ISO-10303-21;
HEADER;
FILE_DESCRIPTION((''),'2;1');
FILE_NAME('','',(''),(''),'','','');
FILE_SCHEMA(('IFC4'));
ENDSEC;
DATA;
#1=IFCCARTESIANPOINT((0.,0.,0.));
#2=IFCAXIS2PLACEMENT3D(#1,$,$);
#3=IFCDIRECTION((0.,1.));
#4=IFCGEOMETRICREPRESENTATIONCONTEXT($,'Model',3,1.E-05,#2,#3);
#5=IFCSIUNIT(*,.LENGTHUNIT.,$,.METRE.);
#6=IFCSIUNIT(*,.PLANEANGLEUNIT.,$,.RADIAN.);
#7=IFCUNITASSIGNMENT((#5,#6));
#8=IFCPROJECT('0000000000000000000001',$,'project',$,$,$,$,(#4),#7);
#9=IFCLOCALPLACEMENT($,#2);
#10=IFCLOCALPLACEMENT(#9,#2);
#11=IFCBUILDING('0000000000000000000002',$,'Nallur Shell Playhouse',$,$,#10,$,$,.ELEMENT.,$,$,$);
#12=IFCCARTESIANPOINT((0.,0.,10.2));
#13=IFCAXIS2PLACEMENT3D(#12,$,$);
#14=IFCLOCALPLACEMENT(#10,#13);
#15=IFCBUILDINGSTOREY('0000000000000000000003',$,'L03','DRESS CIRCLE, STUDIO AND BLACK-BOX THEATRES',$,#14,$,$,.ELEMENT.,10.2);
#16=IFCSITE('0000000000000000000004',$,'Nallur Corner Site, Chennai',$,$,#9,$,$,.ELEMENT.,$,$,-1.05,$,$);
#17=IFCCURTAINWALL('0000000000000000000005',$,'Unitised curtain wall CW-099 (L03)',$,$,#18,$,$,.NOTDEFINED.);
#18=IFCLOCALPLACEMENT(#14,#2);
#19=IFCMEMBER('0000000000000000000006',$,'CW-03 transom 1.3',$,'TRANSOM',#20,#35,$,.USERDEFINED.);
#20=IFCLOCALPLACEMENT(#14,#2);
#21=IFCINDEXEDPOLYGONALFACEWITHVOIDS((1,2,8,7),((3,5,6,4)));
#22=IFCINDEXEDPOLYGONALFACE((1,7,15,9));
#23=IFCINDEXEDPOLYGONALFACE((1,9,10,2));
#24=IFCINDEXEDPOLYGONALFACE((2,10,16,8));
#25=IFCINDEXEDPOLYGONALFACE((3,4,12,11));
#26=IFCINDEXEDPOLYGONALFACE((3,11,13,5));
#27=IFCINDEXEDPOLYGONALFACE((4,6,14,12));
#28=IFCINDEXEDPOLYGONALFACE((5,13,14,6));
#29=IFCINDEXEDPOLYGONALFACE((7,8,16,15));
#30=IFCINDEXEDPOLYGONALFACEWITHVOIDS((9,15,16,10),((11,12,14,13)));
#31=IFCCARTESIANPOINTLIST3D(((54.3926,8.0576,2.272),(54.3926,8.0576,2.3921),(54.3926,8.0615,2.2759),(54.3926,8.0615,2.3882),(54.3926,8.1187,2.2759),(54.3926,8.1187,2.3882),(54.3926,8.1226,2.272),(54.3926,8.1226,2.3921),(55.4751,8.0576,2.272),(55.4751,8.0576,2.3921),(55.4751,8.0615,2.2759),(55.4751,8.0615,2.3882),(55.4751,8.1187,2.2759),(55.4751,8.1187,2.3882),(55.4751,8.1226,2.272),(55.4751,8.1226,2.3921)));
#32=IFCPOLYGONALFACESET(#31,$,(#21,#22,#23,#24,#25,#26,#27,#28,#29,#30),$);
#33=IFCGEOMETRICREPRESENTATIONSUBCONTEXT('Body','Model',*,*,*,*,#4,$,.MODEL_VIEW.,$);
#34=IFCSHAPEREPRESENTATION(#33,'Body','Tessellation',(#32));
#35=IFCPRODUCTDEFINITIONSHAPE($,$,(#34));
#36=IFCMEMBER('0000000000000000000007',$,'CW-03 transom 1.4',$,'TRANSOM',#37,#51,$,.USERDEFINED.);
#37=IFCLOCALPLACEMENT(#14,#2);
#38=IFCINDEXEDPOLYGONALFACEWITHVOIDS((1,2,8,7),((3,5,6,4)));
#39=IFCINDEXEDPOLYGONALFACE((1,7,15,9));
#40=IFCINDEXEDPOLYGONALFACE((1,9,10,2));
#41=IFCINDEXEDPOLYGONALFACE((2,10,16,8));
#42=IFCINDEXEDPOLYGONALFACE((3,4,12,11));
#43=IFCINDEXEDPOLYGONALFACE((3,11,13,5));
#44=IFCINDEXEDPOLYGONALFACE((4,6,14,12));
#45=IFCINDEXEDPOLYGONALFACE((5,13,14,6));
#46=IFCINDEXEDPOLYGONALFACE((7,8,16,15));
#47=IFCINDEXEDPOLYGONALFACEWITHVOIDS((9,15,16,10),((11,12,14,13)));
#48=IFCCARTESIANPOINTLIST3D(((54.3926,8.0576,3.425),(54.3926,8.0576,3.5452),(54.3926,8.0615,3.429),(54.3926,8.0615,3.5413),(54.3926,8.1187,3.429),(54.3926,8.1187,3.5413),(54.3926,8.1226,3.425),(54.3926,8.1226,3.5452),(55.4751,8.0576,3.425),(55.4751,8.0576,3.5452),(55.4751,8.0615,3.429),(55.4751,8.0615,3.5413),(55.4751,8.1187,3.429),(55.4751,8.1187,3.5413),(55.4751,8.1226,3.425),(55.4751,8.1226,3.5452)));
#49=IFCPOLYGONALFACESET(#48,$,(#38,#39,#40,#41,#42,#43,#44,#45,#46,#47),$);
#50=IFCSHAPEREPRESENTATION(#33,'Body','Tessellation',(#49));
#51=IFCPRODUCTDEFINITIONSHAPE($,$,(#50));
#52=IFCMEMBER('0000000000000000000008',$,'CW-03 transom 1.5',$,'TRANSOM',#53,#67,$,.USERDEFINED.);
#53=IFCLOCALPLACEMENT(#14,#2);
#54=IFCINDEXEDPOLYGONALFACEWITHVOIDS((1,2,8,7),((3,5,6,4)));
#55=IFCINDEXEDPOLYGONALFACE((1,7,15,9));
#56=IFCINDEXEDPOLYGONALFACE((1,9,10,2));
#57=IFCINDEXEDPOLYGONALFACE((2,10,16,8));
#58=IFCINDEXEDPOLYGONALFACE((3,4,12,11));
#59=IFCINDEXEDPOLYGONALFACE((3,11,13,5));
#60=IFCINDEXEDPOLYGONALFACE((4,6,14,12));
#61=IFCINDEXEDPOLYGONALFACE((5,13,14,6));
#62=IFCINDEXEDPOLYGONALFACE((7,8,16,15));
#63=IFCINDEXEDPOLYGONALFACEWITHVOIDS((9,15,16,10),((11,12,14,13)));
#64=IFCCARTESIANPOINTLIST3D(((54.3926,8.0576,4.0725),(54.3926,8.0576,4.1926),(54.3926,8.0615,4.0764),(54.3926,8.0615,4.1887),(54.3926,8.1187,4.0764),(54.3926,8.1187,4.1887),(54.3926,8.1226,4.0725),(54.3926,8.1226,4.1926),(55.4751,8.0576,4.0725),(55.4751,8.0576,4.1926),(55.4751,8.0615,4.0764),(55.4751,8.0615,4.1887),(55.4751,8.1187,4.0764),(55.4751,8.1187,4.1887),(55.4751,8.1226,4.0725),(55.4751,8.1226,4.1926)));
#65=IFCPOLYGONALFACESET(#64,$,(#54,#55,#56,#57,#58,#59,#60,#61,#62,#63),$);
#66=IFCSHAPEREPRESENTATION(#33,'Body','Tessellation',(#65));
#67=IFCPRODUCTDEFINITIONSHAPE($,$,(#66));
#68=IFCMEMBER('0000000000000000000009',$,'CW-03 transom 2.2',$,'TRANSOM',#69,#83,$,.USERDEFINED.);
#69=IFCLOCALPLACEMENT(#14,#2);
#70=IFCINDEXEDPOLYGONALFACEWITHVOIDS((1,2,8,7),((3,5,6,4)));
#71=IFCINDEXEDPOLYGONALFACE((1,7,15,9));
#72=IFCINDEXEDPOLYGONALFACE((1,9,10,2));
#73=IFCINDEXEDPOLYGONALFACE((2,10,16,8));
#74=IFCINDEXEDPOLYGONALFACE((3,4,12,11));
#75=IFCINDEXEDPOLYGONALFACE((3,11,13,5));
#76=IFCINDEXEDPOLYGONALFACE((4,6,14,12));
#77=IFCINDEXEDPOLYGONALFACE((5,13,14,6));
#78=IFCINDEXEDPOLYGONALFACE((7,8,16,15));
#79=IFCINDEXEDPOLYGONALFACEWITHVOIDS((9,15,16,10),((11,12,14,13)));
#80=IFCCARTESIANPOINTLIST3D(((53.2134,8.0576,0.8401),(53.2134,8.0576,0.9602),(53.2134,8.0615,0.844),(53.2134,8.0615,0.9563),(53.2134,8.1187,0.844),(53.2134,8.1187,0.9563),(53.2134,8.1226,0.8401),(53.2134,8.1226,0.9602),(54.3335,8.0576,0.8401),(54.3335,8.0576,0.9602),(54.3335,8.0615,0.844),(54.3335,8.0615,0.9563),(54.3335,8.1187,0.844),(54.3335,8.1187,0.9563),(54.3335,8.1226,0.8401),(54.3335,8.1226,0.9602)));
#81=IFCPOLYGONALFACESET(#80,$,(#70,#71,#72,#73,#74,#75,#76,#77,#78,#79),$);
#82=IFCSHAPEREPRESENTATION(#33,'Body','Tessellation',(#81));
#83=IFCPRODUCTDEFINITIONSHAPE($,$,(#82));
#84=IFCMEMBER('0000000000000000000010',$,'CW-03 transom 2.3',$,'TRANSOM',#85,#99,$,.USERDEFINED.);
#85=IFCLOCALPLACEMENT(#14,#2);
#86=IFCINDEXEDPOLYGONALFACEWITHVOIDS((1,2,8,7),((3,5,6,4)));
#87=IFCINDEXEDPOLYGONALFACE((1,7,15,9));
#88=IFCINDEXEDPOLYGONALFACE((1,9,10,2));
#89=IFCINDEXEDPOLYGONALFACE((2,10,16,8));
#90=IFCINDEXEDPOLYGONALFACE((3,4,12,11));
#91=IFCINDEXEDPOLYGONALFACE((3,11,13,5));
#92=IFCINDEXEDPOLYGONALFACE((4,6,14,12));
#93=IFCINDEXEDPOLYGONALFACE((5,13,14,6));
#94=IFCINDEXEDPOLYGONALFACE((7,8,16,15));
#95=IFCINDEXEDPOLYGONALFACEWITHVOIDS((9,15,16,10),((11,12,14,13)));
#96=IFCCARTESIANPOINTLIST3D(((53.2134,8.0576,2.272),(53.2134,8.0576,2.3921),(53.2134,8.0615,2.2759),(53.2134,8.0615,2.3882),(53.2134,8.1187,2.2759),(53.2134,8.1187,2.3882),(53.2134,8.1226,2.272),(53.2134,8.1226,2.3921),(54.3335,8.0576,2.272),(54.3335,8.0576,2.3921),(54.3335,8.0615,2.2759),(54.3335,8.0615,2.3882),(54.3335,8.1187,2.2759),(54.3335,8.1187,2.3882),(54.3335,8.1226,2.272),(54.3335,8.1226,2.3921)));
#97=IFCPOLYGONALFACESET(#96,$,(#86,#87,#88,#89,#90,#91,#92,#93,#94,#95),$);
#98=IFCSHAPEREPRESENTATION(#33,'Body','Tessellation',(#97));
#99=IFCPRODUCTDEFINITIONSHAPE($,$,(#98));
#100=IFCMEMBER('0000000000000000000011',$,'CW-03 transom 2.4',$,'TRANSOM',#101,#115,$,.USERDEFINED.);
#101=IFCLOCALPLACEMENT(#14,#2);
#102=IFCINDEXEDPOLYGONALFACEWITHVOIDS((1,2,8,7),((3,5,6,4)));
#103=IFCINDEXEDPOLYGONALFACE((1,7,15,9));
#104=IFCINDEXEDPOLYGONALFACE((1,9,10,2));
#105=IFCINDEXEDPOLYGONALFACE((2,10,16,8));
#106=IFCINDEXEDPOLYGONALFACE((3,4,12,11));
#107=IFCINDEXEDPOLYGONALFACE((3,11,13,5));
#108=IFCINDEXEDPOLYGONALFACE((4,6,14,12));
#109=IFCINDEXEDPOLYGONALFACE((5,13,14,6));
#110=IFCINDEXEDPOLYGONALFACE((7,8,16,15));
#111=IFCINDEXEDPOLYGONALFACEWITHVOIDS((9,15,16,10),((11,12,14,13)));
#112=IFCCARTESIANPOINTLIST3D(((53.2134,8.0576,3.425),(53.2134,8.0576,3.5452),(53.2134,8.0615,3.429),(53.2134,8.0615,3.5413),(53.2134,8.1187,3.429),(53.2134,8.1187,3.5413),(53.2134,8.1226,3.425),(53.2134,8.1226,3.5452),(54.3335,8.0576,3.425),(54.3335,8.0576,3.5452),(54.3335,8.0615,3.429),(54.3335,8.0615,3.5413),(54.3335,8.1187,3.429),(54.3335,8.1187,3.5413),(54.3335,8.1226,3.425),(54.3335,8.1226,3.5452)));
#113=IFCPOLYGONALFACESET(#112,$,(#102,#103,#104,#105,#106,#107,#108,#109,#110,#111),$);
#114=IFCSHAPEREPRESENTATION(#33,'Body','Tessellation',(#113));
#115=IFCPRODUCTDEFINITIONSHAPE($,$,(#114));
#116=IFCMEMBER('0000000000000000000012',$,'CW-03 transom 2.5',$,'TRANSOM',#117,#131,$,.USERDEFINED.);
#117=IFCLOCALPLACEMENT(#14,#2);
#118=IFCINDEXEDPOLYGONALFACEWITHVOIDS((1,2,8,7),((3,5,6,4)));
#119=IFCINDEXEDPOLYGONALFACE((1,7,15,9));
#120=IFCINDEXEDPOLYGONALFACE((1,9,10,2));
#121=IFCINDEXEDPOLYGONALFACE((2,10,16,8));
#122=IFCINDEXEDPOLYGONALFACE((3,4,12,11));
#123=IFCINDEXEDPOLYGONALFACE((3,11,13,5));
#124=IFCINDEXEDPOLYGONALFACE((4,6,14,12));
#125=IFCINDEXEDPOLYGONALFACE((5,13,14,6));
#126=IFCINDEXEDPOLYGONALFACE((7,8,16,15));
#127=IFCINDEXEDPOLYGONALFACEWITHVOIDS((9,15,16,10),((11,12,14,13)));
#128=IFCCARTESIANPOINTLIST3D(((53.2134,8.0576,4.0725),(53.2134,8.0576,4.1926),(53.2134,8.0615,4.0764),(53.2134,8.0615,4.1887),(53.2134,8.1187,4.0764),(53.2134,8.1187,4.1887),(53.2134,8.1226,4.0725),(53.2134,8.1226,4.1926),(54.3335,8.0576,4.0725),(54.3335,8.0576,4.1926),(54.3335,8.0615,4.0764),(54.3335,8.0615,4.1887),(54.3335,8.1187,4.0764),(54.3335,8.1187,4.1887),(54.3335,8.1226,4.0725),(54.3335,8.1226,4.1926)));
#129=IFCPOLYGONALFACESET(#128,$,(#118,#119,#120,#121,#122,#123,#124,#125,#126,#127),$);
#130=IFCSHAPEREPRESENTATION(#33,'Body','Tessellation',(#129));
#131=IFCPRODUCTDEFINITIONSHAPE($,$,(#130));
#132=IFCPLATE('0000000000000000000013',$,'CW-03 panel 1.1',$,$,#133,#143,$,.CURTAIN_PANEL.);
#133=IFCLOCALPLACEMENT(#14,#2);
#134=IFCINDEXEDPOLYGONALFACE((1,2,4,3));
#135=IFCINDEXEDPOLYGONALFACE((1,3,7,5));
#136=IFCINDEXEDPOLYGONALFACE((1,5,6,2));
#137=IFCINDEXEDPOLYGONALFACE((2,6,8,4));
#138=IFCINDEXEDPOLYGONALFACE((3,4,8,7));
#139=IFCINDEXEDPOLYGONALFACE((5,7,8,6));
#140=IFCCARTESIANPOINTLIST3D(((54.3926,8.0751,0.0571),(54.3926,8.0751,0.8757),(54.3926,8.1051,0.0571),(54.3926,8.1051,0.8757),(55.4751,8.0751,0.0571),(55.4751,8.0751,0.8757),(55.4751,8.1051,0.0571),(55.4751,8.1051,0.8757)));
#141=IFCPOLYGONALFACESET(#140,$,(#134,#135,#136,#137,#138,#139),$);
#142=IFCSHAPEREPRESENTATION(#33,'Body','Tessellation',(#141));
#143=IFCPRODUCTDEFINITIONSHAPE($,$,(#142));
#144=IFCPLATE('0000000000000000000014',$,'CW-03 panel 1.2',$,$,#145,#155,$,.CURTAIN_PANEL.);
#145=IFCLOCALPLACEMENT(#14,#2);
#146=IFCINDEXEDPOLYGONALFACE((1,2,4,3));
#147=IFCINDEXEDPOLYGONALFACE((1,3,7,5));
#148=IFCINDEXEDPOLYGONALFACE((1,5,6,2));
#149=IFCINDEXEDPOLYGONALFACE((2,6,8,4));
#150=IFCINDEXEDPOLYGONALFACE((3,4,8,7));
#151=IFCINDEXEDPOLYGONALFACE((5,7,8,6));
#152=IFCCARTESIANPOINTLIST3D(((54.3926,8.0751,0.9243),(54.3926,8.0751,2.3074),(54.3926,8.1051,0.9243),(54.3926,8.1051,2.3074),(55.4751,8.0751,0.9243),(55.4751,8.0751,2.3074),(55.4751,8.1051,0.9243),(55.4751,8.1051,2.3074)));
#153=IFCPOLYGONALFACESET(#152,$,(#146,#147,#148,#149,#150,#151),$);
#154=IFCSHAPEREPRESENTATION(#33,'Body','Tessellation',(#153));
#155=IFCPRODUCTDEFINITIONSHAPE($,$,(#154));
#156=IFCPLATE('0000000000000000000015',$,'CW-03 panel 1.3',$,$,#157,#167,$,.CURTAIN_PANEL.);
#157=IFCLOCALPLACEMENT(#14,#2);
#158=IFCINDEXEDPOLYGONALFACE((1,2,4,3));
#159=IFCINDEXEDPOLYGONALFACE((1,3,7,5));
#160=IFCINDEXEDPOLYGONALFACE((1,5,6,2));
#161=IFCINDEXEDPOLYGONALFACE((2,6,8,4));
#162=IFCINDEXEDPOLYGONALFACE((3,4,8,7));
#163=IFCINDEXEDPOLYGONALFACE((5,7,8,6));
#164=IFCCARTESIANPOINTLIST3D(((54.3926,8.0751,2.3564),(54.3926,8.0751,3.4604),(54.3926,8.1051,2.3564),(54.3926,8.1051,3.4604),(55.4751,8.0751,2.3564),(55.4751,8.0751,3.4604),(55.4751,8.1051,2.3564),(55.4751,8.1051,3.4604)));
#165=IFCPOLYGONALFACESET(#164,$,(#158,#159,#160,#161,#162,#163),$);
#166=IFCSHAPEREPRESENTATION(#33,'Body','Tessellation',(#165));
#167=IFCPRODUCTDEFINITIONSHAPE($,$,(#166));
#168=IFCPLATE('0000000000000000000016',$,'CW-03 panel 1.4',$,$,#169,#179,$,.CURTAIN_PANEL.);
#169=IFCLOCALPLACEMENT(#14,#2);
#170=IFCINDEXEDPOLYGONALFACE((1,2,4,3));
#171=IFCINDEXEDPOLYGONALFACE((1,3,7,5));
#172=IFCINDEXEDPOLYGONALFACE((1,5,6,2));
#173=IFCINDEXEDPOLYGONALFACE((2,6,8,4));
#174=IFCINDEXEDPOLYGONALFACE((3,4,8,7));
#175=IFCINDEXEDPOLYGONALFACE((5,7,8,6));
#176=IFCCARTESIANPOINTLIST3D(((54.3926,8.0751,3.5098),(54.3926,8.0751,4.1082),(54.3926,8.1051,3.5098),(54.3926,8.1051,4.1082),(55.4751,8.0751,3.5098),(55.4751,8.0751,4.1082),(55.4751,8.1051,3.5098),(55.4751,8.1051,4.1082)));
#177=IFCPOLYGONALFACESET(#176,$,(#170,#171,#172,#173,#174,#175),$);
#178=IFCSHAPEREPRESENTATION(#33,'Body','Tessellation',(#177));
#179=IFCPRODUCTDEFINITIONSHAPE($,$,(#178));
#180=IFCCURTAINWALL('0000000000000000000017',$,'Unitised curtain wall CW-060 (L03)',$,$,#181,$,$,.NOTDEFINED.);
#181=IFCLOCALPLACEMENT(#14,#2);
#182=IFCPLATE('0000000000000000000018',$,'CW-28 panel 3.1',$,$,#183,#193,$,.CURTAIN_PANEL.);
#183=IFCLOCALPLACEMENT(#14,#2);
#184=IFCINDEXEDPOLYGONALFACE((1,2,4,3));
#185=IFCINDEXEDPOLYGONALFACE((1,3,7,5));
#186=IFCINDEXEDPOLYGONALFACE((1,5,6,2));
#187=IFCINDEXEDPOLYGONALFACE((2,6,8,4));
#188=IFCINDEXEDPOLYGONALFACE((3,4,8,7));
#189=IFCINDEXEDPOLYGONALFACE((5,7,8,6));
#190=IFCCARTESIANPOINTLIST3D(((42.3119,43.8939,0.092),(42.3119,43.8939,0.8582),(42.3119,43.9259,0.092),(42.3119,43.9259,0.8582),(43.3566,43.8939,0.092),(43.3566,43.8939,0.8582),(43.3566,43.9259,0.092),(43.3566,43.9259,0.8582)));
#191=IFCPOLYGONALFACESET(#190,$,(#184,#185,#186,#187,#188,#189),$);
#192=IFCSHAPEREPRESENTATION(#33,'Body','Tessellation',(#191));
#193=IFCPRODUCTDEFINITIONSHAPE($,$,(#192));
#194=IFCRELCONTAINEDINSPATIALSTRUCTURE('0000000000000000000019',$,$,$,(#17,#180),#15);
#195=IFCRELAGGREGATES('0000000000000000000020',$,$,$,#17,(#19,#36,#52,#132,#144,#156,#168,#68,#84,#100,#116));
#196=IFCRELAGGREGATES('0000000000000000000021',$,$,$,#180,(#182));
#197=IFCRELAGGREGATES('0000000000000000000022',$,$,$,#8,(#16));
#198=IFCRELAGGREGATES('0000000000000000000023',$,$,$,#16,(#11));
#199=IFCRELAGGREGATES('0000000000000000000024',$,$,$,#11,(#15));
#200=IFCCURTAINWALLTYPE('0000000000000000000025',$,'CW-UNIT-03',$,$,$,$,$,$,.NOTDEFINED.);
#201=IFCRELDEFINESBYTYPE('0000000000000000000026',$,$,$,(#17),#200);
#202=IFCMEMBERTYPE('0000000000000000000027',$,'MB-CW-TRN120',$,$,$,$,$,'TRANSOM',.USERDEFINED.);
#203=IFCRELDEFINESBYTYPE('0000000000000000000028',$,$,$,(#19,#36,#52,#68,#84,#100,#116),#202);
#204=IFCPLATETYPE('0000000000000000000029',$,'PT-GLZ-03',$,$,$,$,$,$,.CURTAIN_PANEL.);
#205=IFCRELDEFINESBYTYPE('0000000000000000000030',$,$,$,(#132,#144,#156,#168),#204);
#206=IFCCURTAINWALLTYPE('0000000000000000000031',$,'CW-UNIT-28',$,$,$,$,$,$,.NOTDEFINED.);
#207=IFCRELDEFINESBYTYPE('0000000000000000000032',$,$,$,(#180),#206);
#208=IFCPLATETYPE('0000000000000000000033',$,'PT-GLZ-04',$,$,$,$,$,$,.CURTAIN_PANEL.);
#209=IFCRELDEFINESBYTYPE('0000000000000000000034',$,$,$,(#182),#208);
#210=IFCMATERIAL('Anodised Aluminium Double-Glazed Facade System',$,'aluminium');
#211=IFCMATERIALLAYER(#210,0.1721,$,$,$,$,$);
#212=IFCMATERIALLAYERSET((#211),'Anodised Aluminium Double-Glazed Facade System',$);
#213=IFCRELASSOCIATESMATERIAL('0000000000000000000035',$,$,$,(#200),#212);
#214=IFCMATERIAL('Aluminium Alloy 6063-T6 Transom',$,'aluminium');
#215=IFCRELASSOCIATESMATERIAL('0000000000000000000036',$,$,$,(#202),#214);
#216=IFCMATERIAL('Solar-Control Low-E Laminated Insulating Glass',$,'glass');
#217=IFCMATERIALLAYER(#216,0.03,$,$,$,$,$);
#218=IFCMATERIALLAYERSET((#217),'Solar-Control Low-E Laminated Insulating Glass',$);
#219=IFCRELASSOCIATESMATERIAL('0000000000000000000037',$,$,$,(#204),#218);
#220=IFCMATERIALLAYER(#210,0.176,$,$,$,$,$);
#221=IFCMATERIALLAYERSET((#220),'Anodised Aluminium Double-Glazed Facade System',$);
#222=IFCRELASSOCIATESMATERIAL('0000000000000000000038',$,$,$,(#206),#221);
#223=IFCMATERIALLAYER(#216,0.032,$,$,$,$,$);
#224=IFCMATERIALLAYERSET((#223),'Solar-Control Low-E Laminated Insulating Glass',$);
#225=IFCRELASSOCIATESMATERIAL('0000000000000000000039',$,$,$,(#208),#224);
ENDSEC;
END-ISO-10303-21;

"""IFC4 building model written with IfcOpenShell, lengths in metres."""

from ifc_helpers import new_model, si_unit, direction, frame, origin, origin_2d, place, context, subcontext, project, spatial, rectangle, hollow_rectangle, extrude, material, layer, layer_set, material_profile, profile_set, type_object, element, aggregate, save


model = new_model("IFC4")

# Units and contexts
model_context = context("Model", 3, precision=1e-05, world=origin(), true_north=direction((0.0, 1.0)))
body_context = subcontext(model_context, "Body", "Model", "MODEL_VIEW")
ifc_project = project(units=[si_unit("LENGTHUNIT", "METRE"), si_unit("PLANEANGLEUNIT", "RADIAN")], contexts=[model_context])

# Site, building, storey
site_placement = place(None, origin())
site = spatial("IfcSite", under=ifc_project, at=site_placement, Name="Nallur Corner Site, Chennai", CompositionType="ELEMENT", RefElevation=-1.05)
building_placement = place(site_placement, origin())
building = spatial("IfcBuilding", under=site, at=building_placement, Name="Nallur Shell Playhouse", CompositionType="ELEMENT")
storey_placement = place(building_placement, frame((0.0, 0.0, 10.2)))
storey = spatial("IfcBuildingStorey", under=building, at=storey_placement, Name="L03", Description="DRESS CIRCLE, STUDIO AND BLACK-BOX THEATRES", CompositionType="ELEMENT", Elevation=10.2)

# Curtain wall, members, plates
ifc_material_1 = material(Name="Anodised Aluminium Double-Glazed Facade System", Category="aluminium")
ifc_layer_1 = layer(ifc_material_1, 0.1721)
ifc_layer_set_1 = layer_set([ifc_layer_1], Name="Anodised Aluminium Double-Glazed Facade System")
curtain_wall_type_1 = type_object("IfcCurtainWallType", Name="CW-UNIT-03", PredefinedType="NOTDEFINED", material=ifc_layer_set_1)
curtain_wall_1_placement = place(storey_placement, origin())
curtain_wall_1 = element("IfcCurtainWall", 1, at=curtain_wall_1_placement, inside=storey, type_object=curtain_wall_type_1, Name="Unitised curtain wall CW-099 (L03)", PredefinedType="NOTDEFINED")
ifc_material_2 = material(Name="Aluminium Alloy 6063-T6 Transom", Category="aluminium")
ifc_material_profile_1 = material_profile(ifc_material_2, hollow_rectangle(XDim=0.0649, YDim=0.1201, WallThickness=0.0039, at=origin_2d()), Name="ALU 65x120x4")
ifc_profile_set_1 = profile_set([ifc_material_profile_1], Name="Aluminium Alloy 6063-T6 Transom")
member_type_1 = type_object("IfcMemberType", Name="MB-CW-TRN120", ElementType="TRANSOM", PredefinedType="USERDEFINED", material=ifc_profile_set_1)
member_1_placement = place(storey_placement, frame((55.4751, 8.0901, 2.332), z_axis=(-1.0, 0.0, 0.0), x_axis=(0.0, -1.0, 0.0)))
member_1 = element("IfcMember", 2, at=member_1_placement, type_object=member_type_1, Name="CW-03 transom 1.3", ObjectType="TRANSOM", PredefinedType="USERDEFINED", context=body_context, shape_type="SweptSolid", body=[
    extrude(hollow_rectangle(XDim=0.0649, YDim=0.1201, WallThickness=0.0039, at=origin_2d()), origin(), (0.0, 0.0, 1.0), 1.0825),
])
member_2_placement = place(storey_placement, frame((55.4751, 8.0901, 3.4851), z_axis=(-1.0, 0.0, 0.0), x_axis=(0.0, -1.0, 0.0)))
member_2 = element("IfcMember", 3, at=member_2_placement, type_object=member_type_1, Name="CW-03 transom 1.4", ObjectType="TRANSOM", PredefinedType="USERDEFINED", context=body_context, shape_type="SweptSolid", body=[
    extrude(hollow_rectangle(XDim=0.0649, YDim=0.1201, WallThickness=0.0039, at=origin_2d()), origin(), (0.0, 0.0, 1.0), 1.0825),
])
member_3_placement = place(storey_placement, frame((55.4751, 8.0901, 4.1326), z_axis=(-1.0, 0.0, 0.0), x_axis=(0.0, -1.0, 0.0)))
member_3 = element("IfcMember", 4, at=member_3_placement, type_object=member_type_1, Name="CW-03 transom 1.5", ObjectType="TRANSOM", PredefinedType="USERDEFINED", context=body_context, shape_type="SweptSolid", body=[
    extrude(hollow_rectangle(XDim=0.0649, YDim=0.1201, WallThickness=0.0039, at=origin_2d()), origin(), (0.0, 0.0, 1.0), 1.0825),
])
member_4_placement = place(storey_placement, frame((54.3335, 8.0901, 0.9001), z_axis=(-1.0, 0.0, 0.0), x_axis=(0.0, -1.0, 0.0)))
member_4 = element("IfcMember", 5, at=member_4_placement, type_object=member_type_1, Name="CW-03 transom 2.2", ObjectType="TRANSOM", PredefinedType="USERDEFINED", context=body_context, shape_type="SweptSolid", body=[
    extrude(hollow_rectangle(XDim=0.0649, YDim=0.1201, WallThickness=0.0039, at=origin_2d()), origin(), (0.0, 0.0, 1.0), 1.1201),
])
member_5_placement = place(storey_placement, frame((54.3335, 8.0901, 2.332), z_axis=(-1.0, 0.0, 0.0), x_axis=(0.0, -1.0, 0.0)))
member_5 = element("IfcMember", 6, at=member_5_placement, type_object=member_type_1, Name="CW-03 transom 2.3", ObjectType="TRANSOM", PredefinedType="USERDEFINED", context=body_context, shape_type="SweptSolid", body=[
    extrude(hollow_rectangle(XDim=0.0649, YDim=0.1201, WallThickness=0.0039, at=origin_2d()), origin(), (0.0, 0.0, 1.0), 1.1201),
])
member_6_placement = place(storey_placement, frame((54.3335, 8.0901, 3.4851), z_axis=(-1.0, 0.0, 0.0), x_axis=(0.0, -1.0, 0.0)))
member_6 = element("IfcMember", 7, at=member_6_placement, type_object=member_type_1, Name="CW-03 transom 2.4", ObjectType="TRANSOM", PredefinedType="USERDEFINED", context=body_context, shape_type="SweptSolid", body=[
    extrude(hollow_rectangle(XDim=0.0649, YDim=0.1201, WallThickness=0.0039, at=origin_2d()), origin(), (0.0, 0.0, 1.0), 1.1201),
])
member_7_placement = place(storey_placement, frame((54.3335, 8.0901, 4.1326), z_axis=(-1.0, 0.0, 0.0), x_axis=(0.0, -1.0, 0.0)))
member_7 = element("IfcMember", 8, at=member_7_placement, type_object=member_type_1, Name="CW-03 transom 2.5", ObjectType="TRANSOM", PredefinedType="USERDEFINED", context=body_context, shape_type="SweptSolid", body=[
    extrude(hollow_rectangle(XDim=0.0649, YDim=0.1201, WallThickness=0.0039, at=origin_2d()), origin(), (0.0, 0.0, 1.0), 1.1201),
])
ifc_material_3 = material(Name="Solar-Control Low-E Laminated Insulating Glass", Category="glass")
ifc_layer_2 = layer(ifc_material_3, 0.03)
ifc_layer_set_2 = layer_set([ifc_layer_2], Name="Solar-Control Low-E Laminated Insulating Glass")
plate_type_1 = type_object("IfcPlateType", Name="PT-GLZ-03", PredefinedType="CURTAIN_PANEL", material=ifc_layer_set_2)
plate_1_placement = place(storey_placement, frame((54.9338, 8.0901, 0.0571), z_axis=(0.0, 0.0, 1.0), x_axis=(-1.0, 0.0, 0.0)))
plate_1 = element("IfcPlate", 9, at=plate_1_placement, type_object=plate_type_1, Name="CW-03 panel 1.1", PredefinedType="CURTAIN_PANEL", context=body_context, shape_type="SweptSolid", body=[
    extrude(rectangle(XDim=1.0825, YDim=0.03, at=origin_2d()), origin(), (0.0, 0.0, 1.0), 0.8186),
])
plate_2_placement = place(storey_placement, frame((54.9338, 8.0901, 0.9243), z_axis=(0.0, 0.0, 1.0), x_axis=(-1.0, 0.0, 0.0)))
plate_2 = element("IfcPlate", 10, at=plate_2_placement, type_object=plate_type_1, Name="CW-03 panel 1.2", PredefinedType="CURTAIN_PANEL", context=body_context, shape_type="SweptSolid", body=[
    extrude(rectangle(XDim=1.0825, YDim=0.03, at=origin_2d()), origin(), (0.0, 0.0, 1.0), 1.3831),
])
plate_3_placement = place(storey_placement, frame((54.9338, 8.0901, 2.3564), z_axis=(0.0, 0.0, 1.0), x_axis=(-1.0, 0.0, 0.0)))
plate_3 = element("IfcPlate", 11, at=plate_3_placement, type_object=plate_type_1, Name="CW-03 panel 1.3", PredefinedType="CURTAIN_PANEL", context=body_context, shape_type="SweptSolid", body=[
    extrude(rectangle(XDim=1.0825, YDim=0.03, at=origin_2d()), origin(), (0.0, 0.0, 1.0), 1.104),
])
plate_4_placement = place(storey_placement, frame((54.9338, 8.0901, 3.5098), z_axis=(0.0, 0.0, 1.0), x_axis=(-1.0, 0.0, 0.0)))
plate_4 = element("IfcPlate", 12, at=plate_4_placement, type_object=plate_type_1, Name="CW-03 panel 1.4", PredefinedType="CURTAIN_PANEL", context=body_context, shape_type="SweptSolid", body=[
    extrude(rectangle(XDim=1.0825, YDim=0.03, at=origin_2d()), origin(), (0.0, 0.0, 1.0), 0.5984),
])
aggregate(curtain_wall_1, [member_1, member_2, member_3, plate_1, plate_2, plate_3, plate_4, member_4, member_5, member_6, member_7])

# Curtain wall, plate
ifc_layer_3 = layer(ifc_material_1, 0.176)
ifc_layer_set_3 = layer_set([ifc_layer_3], Name="Anodised Aluminium Double-Glazed Facade System")
curtain_wall_type_2 = type_object("IfcCurtainWallType", Name="CW-UNIT-28", PredefinedType="NOTDEFINED", material=ifc_layer_set_3)
curtain_wall_2_placement = place(storey_placement, origin())
curtain_wall_2 = element("IfcCurtainWall", 13, at=curtain_wall_2_placement, inside=storey, type_object=curtain_wall_type_2, Name="Unitised curtain wall CW-060 (L03)", PredefinedType="NOTDEFINED")
ifc_layer_4 = layer(ifc_material_3, 0.032)
ifc_layer_set_4 = layer_set([ifc_layer_4], Name="Solar-Control Low-E Laminated Insulating Glass")
plate_type_2 = type_object("IfcPlateType", Name="PT-GLZ-04", PredefinedType="CURTAIN_PANEL", material=ifc_layer_set_4)
plate_5_placement = place(storey_placement, frame((42.8342, 43.9099, 0.092), z_axis=(0.0, 0.0, 1.0), x_axis=(1.0, 0.0, 0.0)))
plate_5 = element("IfcPlate", 14, at=plate_5_placement, type_object=plate_type_2, Name="CW-28 panel 3.1", PredefinedType="CURTAIN_PANEL", context=body_context, shape_type="SweptSolid", body=[
    extrude(rectangle(XDim=1.0447, YDim=0.032, at=origin_2d()), origin(), (0.0, 0.0, 1.0), 0.7661),
])
aggregate(curtain_wall_2, [plate_5])

save(model, "model.ifc")
